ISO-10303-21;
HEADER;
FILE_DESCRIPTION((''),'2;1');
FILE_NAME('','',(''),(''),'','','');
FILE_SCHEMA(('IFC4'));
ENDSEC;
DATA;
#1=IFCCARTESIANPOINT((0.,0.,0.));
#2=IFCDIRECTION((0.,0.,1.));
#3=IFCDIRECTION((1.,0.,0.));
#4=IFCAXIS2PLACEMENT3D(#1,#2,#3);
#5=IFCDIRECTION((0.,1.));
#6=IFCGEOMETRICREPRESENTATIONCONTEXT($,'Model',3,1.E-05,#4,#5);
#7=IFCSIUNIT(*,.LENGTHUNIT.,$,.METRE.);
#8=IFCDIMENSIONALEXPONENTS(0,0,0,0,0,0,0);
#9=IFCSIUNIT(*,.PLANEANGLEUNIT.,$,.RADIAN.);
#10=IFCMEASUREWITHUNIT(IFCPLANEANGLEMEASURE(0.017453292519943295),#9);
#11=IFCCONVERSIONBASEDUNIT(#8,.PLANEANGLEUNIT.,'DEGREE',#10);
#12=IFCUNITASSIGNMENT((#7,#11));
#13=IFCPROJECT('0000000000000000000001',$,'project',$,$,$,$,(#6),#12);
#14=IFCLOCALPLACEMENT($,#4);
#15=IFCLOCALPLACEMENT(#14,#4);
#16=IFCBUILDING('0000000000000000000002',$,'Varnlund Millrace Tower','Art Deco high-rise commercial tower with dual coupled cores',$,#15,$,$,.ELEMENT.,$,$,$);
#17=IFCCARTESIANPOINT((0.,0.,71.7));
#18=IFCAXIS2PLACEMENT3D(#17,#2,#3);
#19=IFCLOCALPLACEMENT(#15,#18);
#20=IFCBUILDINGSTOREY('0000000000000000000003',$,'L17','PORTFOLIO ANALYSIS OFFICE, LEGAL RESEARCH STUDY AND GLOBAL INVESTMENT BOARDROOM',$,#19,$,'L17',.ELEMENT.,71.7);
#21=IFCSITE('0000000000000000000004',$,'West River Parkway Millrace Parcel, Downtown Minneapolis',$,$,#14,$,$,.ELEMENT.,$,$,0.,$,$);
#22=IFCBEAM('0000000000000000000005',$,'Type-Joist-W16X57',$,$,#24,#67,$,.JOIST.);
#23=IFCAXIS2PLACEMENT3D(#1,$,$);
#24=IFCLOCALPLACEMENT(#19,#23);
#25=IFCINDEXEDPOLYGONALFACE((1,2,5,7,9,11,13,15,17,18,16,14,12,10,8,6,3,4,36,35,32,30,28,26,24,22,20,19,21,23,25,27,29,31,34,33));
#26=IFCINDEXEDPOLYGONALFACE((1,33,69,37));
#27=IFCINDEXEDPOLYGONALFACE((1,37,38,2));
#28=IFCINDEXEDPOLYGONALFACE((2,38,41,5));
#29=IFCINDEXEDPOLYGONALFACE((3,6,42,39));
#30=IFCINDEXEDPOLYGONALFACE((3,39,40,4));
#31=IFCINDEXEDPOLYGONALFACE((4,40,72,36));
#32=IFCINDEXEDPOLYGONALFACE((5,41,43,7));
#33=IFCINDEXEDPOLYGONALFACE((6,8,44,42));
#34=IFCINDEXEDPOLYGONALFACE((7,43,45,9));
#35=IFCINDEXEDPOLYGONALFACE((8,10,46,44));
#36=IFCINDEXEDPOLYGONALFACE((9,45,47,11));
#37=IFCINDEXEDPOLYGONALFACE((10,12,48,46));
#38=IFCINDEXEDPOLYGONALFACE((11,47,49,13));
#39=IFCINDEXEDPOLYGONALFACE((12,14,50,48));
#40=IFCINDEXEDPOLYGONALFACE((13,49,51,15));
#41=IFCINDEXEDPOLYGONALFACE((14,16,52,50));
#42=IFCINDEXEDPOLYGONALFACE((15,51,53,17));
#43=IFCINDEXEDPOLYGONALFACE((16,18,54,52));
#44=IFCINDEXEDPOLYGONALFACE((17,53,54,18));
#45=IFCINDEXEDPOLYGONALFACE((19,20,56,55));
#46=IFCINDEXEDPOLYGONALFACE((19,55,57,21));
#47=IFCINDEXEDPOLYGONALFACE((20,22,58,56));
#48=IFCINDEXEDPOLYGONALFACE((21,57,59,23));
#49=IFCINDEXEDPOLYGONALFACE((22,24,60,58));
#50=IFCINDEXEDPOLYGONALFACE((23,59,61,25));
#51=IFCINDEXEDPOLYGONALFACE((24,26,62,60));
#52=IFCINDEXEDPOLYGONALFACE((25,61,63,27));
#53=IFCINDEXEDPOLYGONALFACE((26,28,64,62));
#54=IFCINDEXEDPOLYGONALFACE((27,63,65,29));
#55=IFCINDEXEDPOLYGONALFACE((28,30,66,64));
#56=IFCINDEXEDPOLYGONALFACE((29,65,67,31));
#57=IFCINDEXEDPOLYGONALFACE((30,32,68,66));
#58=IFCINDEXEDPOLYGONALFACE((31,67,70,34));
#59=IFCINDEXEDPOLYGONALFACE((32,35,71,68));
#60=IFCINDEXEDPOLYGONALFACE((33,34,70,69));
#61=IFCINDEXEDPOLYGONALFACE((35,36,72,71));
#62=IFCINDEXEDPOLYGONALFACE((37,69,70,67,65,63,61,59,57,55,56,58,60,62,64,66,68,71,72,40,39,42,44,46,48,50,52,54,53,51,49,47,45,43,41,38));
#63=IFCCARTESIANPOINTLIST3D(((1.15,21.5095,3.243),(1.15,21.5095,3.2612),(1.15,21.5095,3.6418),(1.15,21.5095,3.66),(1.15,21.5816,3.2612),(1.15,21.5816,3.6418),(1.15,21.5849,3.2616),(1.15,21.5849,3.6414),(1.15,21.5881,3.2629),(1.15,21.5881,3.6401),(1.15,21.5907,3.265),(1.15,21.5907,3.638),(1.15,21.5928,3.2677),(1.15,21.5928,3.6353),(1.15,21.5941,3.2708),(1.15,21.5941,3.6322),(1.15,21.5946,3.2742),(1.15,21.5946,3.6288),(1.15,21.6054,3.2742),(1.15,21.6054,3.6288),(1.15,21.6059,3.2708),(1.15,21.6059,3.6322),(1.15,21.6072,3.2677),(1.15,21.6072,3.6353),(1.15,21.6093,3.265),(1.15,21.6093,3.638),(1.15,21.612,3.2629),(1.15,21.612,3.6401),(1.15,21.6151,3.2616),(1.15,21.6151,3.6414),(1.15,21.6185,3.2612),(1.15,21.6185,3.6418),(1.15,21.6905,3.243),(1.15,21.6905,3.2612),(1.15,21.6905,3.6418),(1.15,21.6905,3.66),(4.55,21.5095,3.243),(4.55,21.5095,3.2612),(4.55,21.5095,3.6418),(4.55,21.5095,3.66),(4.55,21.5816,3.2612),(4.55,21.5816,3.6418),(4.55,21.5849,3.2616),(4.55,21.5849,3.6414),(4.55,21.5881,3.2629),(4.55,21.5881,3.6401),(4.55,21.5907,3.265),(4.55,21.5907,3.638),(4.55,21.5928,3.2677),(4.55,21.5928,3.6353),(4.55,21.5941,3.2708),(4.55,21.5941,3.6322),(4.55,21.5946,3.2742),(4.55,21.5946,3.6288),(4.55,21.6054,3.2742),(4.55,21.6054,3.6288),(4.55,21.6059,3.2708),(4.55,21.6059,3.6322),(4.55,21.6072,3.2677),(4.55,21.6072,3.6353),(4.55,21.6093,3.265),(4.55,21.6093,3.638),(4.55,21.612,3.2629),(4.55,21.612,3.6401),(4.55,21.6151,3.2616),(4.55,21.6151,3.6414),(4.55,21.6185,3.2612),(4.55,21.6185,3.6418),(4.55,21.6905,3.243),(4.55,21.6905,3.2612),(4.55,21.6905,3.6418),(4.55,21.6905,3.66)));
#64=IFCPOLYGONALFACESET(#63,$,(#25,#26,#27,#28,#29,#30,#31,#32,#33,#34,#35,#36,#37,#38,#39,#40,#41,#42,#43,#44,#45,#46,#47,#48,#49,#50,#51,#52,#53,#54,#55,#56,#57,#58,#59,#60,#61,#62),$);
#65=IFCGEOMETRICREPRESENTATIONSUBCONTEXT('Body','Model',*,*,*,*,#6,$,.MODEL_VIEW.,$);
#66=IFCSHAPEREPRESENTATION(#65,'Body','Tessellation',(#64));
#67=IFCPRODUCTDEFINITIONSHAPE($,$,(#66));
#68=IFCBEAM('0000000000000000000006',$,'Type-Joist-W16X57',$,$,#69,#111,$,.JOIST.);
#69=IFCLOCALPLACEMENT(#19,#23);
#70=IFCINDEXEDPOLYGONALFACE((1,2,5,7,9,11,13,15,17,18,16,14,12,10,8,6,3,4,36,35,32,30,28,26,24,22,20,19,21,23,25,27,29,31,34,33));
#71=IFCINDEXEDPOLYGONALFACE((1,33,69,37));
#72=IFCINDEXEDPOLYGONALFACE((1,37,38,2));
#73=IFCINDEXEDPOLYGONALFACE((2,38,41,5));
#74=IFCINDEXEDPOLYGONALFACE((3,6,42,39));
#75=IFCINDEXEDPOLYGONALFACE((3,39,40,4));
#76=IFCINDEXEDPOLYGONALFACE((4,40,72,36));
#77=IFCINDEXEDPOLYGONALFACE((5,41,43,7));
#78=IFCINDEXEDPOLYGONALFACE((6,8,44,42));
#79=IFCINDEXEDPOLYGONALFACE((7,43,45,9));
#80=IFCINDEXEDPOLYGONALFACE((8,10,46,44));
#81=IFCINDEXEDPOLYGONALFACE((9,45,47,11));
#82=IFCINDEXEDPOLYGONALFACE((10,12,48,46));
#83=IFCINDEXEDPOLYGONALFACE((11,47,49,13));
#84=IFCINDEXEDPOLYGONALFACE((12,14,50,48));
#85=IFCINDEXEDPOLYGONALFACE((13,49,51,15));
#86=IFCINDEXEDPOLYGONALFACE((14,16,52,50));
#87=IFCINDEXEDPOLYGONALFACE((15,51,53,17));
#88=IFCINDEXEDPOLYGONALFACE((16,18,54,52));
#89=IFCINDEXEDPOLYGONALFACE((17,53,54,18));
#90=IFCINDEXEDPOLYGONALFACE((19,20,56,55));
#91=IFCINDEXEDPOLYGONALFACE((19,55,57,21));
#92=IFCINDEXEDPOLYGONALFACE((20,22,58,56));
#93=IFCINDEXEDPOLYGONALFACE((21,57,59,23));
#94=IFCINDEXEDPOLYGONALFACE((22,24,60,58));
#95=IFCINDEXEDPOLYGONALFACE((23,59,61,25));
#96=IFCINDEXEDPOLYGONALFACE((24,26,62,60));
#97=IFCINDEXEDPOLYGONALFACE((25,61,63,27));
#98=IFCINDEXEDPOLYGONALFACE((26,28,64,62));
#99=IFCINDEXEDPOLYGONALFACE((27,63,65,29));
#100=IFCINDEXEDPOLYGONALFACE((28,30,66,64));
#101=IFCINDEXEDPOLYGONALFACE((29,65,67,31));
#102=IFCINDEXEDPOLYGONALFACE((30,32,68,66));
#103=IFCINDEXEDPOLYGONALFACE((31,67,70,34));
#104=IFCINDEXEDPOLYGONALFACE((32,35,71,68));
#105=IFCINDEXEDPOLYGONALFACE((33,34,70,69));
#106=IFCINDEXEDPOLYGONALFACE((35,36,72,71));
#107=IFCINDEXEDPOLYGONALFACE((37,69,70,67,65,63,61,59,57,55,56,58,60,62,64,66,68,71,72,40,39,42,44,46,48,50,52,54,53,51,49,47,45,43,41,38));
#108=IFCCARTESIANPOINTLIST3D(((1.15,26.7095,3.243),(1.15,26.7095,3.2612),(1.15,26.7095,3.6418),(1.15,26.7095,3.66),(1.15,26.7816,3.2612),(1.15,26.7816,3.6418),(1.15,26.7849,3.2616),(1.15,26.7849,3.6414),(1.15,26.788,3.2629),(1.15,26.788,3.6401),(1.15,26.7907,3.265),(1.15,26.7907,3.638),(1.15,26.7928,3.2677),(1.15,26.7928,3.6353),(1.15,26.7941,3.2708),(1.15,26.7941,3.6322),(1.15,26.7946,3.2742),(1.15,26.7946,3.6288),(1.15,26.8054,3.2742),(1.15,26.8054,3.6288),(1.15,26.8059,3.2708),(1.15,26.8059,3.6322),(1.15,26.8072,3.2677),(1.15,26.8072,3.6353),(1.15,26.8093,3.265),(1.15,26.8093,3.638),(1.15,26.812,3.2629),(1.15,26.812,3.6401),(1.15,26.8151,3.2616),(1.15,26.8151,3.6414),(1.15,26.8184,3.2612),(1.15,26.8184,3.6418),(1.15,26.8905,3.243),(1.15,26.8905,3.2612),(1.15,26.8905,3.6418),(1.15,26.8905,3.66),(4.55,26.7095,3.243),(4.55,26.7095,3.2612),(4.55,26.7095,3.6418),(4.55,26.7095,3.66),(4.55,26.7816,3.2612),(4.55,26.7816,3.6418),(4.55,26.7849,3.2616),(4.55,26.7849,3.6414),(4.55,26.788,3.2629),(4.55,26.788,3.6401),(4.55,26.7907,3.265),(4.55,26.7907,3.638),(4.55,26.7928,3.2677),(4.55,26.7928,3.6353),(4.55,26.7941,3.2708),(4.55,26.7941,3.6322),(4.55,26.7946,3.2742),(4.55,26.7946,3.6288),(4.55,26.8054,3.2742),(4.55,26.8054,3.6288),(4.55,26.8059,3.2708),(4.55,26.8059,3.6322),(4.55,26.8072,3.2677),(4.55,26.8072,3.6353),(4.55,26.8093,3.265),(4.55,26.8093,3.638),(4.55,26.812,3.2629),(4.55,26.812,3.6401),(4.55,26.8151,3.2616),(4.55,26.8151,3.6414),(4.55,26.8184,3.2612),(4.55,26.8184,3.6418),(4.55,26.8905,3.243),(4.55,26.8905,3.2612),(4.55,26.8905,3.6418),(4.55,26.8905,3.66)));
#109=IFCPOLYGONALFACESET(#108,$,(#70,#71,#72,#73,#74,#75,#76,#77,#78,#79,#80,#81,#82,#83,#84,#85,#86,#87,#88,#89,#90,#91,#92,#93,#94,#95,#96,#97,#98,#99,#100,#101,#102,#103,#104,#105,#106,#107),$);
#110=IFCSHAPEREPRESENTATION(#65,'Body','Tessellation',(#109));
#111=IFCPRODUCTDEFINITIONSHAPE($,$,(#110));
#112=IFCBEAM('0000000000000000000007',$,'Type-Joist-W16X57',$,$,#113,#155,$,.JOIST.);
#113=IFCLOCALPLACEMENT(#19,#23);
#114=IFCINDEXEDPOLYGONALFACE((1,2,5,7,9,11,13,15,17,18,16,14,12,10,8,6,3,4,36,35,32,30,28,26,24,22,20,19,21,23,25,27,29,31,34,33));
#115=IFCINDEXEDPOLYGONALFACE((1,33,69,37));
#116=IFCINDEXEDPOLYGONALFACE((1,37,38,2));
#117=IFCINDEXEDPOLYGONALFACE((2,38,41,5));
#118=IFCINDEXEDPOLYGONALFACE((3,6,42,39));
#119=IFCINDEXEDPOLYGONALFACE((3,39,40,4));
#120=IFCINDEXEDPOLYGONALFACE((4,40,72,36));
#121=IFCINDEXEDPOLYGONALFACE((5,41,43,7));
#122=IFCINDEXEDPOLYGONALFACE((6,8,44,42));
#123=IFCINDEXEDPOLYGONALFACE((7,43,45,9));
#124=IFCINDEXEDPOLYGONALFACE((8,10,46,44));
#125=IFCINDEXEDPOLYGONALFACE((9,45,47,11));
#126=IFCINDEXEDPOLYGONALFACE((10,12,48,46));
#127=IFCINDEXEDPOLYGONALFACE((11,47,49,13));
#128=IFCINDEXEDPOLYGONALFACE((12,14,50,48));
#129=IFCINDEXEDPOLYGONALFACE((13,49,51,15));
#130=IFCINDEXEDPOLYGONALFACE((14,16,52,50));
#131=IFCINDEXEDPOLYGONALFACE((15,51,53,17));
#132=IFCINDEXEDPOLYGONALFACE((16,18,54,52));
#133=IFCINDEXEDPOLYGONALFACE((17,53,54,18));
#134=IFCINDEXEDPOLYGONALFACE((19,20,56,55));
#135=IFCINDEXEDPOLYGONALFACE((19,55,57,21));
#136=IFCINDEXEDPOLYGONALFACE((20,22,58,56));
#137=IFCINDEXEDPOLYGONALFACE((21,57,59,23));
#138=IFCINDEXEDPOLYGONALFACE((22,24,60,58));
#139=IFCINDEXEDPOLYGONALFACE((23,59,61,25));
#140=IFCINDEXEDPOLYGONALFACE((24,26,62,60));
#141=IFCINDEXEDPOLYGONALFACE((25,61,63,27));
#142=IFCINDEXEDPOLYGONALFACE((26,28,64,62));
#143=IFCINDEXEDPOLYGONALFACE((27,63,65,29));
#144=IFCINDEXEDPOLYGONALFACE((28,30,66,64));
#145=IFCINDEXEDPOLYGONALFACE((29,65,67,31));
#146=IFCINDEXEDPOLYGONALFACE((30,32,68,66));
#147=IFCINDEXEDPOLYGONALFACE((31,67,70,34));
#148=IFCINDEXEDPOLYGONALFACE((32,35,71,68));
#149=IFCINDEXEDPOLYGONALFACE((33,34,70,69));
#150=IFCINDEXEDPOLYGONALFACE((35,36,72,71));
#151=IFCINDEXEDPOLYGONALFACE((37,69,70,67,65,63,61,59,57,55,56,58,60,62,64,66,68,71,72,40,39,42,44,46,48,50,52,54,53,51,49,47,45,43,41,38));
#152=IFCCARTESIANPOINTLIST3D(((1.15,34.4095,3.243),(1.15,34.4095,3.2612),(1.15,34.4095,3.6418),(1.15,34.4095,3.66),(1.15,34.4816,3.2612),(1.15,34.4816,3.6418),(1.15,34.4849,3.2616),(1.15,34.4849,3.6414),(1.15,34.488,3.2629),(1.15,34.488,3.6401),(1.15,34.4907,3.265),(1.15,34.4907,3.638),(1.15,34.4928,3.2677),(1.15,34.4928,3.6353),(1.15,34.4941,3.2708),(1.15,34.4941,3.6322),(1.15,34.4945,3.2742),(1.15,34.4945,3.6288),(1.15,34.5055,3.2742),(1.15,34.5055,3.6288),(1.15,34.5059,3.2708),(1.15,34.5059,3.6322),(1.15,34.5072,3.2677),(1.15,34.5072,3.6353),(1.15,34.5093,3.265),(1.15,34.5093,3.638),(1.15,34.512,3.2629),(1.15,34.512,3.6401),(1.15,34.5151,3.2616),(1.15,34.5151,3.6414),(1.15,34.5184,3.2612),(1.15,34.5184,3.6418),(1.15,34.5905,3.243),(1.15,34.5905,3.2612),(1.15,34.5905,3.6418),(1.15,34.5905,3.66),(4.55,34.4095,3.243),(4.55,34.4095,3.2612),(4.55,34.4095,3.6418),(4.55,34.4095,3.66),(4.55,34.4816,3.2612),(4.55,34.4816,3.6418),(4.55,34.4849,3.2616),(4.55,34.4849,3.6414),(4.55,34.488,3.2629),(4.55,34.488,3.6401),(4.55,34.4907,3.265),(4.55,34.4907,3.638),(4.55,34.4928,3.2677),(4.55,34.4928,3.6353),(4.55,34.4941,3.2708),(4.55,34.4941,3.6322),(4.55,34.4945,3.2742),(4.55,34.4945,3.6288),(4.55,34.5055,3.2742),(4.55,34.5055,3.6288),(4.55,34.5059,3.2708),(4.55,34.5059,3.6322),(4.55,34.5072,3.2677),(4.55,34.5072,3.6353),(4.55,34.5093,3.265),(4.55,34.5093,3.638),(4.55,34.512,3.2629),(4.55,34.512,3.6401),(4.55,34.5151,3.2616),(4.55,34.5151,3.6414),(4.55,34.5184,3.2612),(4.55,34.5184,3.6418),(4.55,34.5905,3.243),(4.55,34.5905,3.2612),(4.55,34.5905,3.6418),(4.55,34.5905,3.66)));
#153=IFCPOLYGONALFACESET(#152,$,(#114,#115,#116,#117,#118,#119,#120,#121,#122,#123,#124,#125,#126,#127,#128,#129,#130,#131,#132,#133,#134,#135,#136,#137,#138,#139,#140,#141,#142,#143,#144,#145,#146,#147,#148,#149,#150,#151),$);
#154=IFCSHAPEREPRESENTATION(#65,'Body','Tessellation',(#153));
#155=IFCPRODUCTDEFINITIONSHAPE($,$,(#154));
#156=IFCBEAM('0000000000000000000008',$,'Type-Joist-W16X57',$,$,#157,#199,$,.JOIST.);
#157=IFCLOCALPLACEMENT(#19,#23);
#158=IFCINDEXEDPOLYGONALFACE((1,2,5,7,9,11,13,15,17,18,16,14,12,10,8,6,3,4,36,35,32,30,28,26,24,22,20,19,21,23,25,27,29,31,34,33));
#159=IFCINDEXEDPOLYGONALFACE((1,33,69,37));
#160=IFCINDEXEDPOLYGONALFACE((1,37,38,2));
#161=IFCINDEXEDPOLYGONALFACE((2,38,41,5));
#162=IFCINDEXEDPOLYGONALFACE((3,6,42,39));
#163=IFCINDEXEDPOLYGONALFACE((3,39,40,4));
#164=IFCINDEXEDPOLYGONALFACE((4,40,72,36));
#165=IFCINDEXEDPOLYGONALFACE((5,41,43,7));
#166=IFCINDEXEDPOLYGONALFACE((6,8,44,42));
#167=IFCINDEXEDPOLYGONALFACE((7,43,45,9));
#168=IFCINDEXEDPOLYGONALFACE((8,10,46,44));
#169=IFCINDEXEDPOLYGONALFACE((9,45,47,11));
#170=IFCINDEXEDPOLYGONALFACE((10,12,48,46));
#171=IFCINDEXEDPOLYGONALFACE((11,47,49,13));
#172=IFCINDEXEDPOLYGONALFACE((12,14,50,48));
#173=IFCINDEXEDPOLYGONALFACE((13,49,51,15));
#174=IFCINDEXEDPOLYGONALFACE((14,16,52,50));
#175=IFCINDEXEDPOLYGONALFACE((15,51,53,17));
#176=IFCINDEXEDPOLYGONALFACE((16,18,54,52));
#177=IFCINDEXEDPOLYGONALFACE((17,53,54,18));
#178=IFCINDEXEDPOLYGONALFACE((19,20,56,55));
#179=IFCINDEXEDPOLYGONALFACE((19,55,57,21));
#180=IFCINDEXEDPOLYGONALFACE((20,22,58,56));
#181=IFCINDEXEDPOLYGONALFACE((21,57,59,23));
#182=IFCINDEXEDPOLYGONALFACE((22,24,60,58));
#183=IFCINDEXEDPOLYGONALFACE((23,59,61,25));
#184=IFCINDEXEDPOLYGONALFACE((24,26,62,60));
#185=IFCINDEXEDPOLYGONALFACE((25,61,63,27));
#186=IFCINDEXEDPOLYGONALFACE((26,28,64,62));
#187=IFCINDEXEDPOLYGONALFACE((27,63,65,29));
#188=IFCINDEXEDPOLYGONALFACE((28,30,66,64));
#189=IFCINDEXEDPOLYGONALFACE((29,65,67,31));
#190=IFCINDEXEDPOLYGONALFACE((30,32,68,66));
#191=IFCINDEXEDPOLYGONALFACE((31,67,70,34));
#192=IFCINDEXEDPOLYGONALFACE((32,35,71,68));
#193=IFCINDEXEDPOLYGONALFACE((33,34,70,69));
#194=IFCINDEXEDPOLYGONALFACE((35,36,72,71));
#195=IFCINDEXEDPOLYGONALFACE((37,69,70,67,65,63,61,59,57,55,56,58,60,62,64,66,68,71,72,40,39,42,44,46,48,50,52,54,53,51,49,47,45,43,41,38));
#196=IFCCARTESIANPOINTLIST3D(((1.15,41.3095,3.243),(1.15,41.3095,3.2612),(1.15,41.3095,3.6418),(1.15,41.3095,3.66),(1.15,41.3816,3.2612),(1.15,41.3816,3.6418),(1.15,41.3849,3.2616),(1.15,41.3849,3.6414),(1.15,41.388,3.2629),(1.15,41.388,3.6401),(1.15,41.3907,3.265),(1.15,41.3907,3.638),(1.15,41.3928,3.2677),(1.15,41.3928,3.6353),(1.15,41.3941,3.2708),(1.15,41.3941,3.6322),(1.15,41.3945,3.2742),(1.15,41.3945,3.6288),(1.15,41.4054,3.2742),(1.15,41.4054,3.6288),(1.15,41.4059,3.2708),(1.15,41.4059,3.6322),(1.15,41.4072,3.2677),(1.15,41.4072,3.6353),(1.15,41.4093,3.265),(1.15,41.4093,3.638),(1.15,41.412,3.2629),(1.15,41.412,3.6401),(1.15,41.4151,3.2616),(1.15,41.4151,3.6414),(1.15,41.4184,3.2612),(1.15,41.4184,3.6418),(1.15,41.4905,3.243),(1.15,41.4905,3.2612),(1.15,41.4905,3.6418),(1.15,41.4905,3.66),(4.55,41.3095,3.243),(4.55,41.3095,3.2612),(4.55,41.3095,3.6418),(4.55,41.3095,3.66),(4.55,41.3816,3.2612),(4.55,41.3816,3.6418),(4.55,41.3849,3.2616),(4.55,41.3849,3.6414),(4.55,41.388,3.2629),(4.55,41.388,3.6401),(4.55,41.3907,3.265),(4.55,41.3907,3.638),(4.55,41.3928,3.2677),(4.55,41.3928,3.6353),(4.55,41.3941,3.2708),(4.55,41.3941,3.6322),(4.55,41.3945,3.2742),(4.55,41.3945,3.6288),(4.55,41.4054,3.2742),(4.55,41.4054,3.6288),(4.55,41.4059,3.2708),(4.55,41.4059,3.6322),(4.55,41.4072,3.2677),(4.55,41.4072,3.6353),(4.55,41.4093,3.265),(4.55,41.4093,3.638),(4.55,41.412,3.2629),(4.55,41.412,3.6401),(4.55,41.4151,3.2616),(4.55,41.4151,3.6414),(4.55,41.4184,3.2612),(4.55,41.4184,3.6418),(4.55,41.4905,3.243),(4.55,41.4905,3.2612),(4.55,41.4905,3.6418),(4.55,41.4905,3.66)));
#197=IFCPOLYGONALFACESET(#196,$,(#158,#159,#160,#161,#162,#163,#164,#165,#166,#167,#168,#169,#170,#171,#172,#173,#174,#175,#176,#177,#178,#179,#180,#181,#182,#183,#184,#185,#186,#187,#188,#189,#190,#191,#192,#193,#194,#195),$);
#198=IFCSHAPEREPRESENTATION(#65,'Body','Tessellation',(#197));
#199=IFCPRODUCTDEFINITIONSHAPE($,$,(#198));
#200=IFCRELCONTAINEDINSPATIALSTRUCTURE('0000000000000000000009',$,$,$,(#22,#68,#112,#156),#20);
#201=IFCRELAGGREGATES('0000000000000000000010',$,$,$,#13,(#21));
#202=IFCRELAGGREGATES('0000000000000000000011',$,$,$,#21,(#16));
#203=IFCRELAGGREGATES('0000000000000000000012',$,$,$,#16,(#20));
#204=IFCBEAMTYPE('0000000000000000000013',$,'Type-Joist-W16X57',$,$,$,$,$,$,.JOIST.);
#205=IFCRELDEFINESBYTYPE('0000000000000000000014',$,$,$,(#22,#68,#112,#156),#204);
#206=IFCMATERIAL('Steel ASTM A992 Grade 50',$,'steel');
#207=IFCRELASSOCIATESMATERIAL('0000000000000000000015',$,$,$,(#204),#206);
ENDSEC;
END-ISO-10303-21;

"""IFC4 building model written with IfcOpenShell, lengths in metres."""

from ifc_helpers import new_model, entity, si_unit, converted_unit, direction, frame, origin_with_axes, origin_2d_with_axis, place, context, subcontext, project, spatial, i_section, extrude, material, material_profile, profile_set, type_object, element, save


model = new_model("IFC4")

# Units and contexts
model_context = context("Model", 3, precision=1e-05, world=origin_with_axes(), true_north=direction((0.0, 1.0)))
body_context = subcontext(model_context, "Body", "Model", "MODEL_VIEW")
ifc_project = project(units=[si_unit("LENGTHUNIT", "METRE"), converted_unit("PLANEANGLEUNIT", "DEGREE", entity("IfcPlaneAngleMeasure", 0.017453292519943295), si_unit("PLANEANGLEUNIT", "RADIAN"), dimensions=[0, 0, 0, 0, 0, 0, 0])], contexts=[model_context])

# Site, building, storey
site_placement = place(None, origin_with_axes())
site = spatial("IfcSite", under=ifc_project, at=site_placement, Name="West River Parkway Millrace Parcel, Downtown Minneapolis", CompositionType="ELEMENT", RefElevation=0.0)
building_placement = place(site_placement, origin_with_axes())
building = spatial("IfcBuilding", under=site, at=building_placement, Name="Varnlund Millrace Tower", Description="Art Deco high-rise commercial tower with dual coupled cores", CompositionType="ELEMENT")
storey_placement = place(building_placement, frame((0.0, 0.0, 71.7), z_axis=(0.0, 0.0, 1.0), x_axis=(1.0, 0.0, 0.0)))
storey = spatial("IfcBuildingStorey", under=building, at=storey_placement, Name="L17", Description="PORTFOLIO ANALYSIS OFFICE, LEGAL RESEARCH STUDY AND GLOBAL INVESTMENT BOARDROOM", LongName="L17", CompositionType="ELEMENT", Elevation=71.7)

# Beams
ifc_material_1 = material(Name="Steel ASTM A992 Grade 50", Category="steel")
ifc_material_profile_1 = material_profile(ifc_material_1, i_section(OverallWidth=0.181, OverallDepth=0.417, WebThickness=0.0109, FlangeThickness=0.0182, FilletRadius=0.013, at=origin_2d_with_axis()), Name="Steel ASTM A992 Grade 50")
ifc_profile_set_1 = profile_set([ifc_material_profile_1], Name="Steel ASTM A992 Grade 50")
beam_type_1 = type_object("IfcBeamType", Name="Type-Joist-W16X57", PredefinedType="JOIST", material=ifc_profile_set_1)
for number, where, z_axis, x_axis, name in (
    (1, (1.15, 21.6, 3.4515), (1.0, 0.0, 0.0), (0.0, 1.0, 0.0), "Type-Joist-W16X57"),
    (2, (1.15, 26.8, 3.4515), (1.0, 0.0, 0.0), (0.0, 1.0, 0.0), "Type-Joist-W16X57"),
    (3, (1.15, 34.5, 3.4515), (1.0, 0.0, 0.0), (0.0, 1.0, 0.0), "Type-Joist-W16X57"),
    (4, (1.15, 41.4, 3.4515), (1.0, 0.0, 0.0), (0.0, 1.0, 0.0), "Type-Joist-W16X57"),
):
    element("IfcBeam", number, at=place(storey_placement, frame(where, z_axis=z_axis, x_axis=x_axis)), inside=storey, type_object=beam_type_1, Name=name, PredefinedType="JOIST", context=body_context, shape_type="SweptSolid", body=[
        extrude(i_section(OverallWidth=0.181, OverallDepth=0.417, WebThickness=0.0109, FlangeThickness=0.0182, FilletRadius=0.013, at=origin_2d_with_axis()), origin_with_axes(), (0.0, 0.0, 1.0), 3.4),
    ])

save(model, "model.ifc")
